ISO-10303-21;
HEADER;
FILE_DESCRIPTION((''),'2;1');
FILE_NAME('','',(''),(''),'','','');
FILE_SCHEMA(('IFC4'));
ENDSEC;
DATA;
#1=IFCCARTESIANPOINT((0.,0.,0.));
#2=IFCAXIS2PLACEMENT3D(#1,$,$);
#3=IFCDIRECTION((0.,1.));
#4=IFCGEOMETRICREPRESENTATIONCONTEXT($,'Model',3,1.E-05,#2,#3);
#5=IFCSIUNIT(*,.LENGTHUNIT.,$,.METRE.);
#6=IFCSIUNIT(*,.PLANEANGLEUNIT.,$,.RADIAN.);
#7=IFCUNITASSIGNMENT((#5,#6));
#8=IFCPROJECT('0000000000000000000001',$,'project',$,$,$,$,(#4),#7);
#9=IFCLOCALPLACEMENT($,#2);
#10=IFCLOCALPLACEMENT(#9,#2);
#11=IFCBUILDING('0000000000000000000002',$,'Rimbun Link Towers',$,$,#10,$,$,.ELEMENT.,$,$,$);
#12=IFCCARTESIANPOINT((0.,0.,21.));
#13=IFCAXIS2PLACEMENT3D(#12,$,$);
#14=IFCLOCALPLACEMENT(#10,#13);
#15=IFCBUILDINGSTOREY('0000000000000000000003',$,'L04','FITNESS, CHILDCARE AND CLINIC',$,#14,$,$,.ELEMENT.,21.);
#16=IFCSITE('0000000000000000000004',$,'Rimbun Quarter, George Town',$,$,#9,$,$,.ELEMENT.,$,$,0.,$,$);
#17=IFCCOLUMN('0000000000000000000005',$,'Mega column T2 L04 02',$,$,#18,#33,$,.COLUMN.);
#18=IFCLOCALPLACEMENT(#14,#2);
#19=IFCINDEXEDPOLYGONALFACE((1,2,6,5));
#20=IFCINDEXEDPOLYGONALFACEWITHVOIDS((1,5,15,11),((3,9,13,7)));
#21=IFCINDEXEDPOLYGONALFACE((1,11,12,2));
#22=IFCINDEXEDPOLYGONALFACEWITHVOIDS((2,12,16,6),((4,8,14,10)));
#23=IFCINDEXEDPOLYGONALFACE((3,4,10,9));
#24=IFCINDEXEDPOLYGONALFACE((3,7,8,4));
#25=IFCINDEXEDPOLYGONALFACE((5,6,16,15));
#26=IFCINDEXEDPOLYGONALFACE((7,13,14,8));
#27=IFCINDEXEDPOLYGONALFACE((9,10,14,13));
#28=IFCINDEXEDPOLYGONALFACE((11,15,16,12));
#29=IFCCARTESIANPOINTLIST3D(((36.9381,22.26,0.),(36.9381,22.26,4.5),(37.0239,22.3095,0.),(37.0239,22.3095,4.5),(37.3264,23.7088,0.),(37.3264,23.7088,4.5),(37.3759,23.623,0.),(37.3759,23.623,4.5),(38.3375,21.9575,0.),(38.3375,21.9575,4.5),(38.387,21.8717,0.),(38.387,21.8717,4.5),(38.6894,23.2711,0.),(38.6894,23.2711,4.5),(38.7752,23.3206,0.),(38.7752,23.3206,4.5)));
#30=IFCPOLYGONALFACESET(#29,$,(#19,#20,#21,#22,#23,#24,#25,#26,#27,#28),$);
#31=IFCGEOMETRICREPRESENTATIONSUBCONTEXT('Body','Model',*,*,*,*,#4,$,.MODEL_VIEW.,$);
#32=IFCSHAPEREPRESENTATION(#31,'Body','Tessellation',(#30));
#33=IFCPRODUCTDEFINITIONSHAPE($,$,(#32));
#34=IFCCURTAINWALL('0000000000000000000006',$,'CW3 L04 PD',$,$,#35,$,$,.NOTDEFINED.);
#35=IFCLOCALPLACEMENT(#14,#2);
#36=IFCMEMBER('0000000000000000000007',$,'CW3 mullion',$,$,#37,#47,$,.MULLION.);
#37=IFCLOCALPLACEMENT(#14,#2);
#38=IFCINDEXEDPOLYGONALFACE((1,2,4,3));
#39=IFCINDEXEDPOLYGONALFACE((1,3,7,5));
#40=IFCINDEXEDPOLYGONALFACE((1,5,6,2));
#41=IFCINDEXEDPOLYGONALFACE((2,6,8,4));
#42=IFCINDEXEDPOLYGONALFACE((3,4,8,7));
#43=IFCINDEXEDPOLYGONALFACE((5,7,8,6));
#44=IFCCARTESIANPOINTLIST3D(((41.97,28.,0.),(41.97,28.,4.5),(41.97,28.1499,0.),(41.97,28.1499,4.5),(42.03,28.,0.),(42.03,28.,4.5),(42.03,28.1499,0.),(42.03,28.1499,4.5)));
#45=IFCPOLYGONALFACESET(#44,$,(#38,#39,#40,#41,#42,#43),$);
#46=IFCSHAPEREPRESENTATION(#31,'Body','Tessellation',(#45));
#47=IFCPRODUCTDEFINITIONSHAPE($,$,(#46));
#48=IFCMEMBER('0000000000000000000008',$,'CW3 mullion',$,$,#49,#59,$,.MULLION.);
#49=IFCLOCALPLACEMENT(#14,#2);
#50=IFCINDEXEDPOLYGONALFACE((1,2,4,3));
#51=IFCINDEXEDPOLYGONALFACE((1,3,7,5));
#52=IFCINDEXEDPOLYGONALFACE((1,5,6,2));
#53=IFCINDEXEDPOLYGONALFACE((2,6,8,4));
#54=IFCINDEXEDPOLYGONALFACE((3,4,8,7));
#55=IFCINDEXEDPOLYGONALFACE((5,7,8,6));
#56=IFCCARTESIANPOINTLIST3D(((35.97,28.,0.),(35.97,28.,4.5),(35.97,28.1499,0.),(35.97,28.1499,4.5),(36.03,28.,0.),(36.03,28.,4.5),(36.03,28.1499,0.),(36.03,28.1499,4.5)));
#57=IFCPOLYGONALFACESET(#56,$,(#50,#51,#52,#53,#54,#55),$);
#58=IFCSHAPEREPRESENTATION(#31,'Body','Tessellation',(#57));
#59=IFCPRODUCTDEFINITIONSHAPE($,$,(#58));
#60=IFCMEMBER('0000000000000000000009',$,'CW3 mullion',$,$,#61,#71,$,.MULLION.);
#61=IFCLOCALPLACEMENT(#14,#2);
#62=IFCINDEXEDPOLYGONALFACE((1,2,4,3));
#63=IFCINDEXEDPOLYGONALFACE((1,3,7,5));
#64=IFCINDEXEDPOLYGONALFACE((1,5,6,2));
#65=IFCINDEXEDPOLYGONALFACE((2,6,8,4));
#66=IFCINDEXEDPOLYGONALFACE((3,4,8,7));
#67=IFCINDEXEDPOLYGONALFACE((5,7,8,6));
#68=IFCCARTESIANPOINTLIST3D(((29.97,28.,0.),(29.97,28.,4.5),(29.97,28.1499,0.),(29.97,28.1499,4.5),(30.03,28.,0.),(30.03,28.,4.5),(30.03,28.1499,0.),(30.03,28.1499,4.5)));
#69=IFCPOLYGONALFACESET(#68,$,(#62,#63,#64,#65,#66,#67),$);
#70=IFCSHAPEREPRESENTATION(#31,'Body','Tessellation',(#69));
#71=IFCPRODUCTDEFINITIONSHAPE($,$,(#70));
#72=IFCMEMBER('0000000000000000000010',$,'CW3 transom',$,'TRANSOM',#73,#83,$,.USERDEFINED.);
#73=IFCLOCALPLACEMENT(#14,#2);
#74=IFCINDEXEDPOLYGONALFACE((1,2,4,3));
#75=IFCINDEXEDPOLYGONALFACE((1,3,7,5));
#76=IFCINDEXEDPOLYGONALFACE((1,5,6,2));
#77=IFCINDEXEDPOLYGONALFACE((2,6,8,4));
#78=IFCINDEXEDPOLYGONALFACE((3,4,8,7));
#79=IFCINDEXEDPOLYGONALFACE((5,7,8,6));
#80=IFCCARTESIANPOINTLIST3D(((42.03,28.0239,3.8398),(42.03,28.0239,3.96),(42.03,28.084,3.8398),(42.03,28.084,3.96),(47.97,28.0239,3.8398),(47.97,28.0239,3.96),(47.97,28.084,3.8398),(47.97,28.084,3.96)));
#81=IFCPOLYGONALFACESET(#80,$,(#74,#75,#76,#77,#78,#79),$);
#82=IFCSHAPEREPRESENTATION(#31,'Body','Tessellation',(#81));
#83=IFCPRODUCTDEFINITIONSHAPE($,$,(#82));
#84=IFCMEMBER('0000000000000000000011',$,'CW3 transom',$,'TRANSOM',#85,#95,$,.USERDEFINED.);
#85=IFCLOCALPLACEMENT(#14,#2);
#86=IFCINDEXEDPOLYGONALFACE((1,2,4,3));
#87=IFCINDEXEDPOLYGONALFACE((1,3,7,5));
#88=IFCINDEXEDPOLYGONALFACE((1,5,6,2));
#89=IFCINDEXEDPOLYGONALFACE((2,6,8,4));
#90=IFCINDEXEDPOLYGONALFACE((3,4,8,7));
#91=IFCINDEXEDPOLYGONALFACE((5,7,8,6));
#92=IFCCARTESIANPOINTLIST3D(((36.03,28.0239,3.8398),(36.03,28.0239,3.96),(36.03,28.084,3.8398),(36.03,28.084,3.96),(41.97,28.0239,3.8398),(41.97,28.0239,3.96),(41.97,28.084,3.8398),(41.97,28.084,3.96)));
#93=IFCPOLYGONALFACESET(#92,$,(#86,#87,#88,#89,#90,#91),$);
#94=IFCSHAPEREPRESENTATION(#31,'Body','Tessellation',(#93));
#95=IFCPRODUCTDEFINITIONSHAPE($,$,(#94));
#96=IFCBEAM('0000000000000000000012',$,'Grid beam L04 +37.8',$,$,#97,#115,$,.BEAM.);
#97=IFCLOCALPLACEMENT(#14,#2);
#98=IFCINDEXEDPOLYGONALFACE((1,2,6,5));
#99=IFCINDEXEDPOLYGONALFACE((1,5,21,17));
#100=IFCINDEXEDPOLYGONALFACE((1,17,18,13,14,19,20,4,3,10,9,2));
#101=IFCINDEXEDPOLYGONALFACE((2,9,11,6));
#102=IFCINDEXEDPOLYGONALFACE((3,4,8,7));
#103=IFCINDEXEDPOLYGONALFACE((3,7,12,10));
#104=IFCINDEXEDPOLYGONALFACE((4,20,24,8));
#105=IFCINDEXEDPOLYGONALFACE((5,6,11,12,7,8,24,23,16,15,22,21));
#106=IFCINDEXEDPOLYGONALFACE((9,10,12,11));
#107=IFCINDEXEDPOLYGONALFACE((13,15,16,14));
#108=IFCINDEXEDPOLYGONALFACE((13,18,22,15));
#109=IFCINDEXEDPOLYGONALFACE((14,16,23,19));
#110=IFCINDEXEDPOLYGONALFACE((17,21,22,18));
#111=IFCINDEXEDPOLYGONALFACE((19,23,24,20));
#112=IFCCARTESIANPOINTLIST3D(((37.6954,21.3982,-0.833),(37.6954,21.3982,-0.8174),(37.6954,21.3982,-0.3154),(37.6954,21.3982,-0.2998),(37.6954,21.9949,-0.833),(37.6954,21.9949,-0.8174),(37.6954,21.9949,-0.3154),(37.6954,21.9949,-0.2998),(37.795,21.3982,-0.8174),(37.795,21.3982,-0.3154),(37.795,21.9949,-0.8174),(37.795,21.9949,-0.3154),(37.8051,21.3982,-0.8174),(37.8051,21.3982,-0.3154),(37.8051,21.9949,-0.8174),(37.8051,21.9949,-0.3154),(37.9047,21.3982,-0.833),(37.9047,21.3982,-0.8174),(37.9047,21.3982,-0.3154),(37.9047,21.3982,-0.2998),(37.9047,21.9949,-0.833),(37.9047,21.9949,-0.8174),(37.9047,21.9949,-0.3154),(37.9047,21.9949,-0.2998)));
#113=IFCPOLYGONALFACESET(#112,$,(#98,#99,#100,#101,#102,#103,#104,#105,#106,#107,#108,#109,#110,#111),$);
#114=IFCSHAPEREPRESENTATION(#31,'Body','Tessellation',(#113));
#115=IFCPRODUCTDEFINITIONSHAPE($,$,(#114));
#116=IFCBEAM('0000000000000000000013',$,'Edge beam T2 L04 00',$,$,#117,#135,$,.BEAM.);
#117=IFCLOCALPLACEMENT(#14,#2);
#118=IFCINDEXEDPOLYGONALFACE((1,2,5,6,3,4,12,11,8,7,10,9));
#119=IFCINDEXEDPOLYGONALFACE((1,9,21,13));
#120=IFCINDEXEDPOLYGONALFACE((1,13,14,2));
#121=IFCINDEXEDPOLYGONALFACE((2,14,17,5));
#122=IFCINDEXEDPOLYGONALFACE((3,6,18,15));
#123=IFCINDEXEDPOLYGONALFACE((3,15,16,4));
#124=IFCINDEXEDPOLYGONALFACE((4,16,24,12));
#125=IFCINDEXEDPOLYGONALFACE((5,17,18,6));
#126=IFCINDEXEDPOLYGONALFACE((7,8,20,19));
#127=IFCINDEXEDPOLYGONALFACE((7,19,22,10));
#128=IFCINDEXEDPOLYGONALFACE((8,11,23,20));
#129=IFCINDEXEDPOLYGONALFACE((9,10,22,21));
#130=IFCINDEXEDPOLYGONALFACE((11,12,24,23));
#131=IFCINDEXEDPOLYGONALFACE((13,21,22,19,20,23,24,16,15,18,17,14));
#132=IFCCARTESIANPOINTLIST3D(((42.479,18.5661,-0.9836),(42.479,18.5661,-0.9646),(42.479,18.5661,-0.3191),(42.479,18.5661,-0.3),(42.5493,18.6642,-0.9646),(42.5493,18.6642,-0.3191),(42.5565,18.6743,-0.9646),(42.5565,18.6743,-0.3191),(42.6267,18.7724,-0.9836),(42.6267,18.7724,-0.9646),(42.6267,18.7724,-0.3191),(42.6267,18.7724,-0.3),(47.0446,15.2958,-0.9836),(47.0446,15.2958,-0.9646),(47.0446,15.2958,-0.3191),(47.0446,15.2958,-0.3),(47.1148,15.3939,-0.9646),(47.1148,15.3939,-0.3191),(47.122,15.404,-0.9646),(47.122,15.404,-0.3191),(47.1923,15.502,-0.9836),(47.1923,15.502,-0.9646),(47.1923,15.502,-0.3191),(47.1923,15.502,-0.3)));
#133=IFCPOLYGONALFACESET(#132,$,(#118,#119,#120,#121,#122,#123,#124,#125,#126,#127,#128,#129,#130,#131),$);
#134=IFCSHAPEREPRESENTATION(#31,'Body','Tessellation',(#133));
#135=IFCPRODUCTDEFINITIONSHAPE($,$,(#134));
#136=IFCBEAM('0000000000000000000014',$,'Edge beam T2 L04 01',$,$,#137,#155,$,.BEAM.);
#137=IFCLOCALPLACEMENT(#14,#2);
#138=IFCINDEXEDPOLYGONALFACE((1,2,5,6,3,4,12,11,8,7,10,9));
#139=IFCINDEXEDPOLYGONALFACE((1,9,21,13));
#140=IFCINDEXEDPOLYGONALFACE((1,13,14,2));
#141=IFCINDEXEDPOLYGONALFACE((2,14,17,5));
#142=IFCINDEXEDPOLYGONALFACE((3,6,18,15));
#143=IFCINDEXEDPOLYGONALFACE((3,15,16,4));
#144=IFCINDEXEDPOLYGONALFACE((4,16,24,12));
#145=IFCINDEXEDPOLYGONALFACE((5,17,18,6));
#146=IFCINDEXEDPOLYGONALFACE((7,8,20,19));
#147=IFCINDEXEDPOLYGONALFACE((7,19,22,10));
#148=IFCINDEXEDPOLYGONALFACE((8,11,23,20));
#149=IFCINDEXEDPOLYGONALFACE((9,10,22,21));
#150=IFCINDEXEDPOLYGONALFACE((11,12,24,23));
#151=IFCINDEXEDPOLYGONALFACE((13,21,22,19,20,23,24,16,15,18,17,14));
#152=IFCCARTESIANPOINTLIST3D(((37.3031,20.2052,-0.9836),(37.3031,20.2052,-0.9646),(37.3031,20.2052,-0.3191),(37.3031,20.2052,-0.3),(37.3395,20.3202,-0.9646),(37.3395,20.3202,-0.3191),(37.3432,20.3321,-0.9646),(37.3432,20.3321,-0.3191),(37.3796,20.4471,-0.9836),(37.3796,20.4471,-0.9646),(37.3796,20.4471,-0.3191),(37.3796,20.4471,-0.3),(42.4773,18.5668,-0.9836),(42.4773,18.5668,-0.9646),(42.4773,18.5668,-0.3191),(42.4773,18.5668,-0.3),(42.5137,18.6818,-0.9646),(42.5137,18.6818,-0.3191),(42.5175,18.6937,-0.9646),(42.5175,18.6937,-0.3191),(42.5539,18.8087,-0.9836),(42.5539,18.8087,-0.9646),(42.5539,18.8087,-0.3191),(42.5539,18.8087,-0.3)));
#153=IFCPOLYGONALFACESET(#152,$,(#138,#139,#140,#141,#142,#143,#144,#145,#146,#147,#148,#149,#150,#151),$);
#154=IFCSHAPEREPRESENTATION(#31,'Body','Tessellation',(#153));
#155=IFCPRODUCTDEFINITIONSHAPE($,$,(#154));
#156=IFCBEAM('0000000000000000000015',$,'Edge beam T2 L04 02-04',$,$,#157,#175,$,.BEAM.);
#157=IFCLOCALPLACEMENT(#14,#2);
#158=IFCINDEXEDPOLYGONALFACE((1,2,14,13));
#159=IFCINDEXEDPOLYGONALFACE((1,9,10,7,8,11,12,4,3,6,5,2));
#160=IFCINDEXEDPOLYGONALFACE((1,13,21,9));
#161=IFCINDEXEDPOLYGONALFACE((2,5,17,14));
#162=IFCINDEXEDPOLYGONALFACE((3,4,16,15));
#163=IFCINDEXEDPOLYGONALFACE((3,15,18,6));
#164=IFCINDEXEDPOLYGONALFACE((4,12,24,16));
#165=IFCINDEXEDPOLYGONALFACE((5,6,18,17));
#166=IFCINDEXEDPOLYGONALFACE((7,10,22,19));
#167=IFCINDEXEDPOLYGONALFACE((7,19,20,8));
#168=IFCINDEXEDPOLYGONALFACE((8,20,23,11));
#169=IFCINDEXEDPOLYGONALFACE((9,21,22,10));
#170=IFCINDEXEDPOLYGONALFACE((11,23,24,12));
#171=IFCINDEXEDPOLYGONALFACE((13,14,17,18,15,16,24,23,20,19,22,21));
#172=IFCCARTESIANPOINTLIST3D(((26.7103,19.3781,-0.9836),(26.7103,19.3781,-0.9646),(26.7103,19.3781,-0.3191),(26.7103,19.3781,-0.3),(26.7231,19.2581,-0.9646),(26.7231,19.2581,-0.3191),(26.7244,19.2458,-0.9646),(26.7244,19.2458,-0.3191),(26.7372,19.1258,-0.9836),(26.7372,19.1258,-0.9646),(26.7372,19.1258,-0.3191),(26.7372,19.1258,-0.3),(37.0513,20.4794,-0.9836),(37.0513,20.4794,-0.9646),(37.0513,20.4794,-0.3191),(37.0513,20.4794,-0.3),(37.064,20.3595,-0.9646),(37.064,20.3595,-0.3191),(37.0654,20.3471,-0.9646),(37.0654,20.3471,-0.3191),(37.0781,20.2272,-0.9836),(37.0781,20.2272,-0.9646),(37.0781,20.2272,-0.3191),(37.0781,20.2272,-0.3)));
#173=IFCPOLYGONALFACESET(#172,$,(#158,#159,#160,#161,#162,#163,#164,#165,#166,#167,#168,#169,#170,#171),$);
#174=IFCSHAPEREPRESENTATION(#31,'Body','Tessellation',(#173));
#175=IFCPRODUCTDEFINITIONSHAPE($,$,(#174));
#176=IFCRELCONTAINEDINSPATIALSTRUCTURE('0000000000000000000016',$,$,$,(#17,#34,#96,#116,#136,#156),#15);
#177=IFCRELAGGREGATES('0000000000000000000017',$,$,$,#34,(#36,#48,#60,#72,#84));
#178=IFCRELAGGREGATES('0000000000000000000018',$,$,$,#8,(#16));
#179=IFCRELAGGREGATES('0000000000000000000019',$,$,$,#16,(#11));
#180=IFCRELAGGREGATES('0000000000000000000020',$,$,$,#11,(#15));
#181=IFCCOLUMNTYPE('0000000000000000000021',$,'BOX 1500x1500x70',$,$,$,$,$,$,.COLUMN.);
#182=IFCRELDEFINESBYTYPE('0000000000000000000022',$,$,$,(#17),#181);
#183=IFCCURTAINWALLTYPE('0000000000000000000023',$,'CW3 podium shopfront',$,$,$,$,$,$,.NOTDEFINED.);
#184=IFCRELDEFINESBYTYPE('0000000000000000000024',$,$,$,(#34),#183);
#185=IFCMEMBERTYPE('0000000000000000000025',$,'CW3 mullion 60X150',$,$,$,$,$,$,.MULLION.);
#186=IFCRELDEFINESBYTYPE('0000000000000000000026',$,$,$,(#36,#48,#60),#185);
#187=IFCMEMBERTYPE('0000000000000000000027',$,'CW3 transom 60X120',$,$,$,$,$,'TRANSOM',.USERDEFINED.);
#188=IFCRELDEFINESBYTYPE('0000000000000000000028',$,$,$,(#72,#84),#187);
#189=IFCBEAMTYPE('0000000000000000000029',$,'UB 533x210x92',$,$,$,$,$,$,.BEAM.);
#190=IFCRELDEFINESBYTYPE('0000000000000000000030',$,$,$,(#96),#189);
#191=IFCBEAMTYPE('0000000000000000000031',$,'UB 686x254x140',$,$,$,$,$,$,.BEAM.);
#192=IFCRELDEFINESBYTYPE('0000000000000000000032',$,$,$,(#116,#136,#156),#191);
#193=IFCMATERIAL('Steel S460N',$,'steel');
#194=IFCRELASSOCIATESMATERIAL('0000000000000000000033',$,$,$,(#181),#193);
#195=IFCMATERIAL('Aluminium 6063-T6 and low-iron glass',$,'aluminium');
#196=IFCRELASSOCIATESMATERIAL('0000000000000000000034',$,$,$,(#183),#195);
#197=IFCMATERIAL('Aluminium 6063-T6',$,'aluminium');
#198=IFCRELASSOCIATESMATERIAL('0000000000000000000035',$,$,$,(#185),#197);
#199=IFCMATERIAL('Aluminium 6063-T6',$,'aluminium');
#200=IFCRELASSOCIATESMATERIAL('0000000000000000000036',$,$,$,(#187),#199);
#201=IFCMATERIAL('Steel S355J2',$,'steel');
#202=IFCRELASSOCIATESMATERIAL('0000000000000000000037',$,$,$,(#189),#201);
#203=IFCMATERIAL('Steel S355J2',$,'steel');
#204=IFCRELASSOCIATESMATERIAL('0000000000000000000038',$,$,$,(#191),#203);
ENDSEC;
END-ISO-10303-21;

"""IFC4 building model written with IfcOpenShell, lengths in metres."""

from ifc_helpers import new_model, si_unit, direction, frame, origin, origin_2d, place, context, subcontext, project, spatial, rectangle, hollow_rectangle, i_section, extrude, material, material_profile, profile_set, type_object, element, aggregate, save


model = new_model("IFC4")

# Units and contexts
model_context = context("Model", 3, precision=1e-05, world=origin(), true_north=direction((0.0, 1.0)))
body_context = subcontext(model_context, "Body", "Model", "MODEL_VIEW")
ifc_project = project(units=[si_unit("LENGTHUNIT", "METRE"), si_unit("PLANEANGLEUNIT", "RADIAN")], contexts=[model_context])

# Site, building, storey
site_placement = place(None, origin())
site = spatial("IfcSite", under=ifc_project, at=site_placement, Name="Rimbun Quarter, George Town", CompositionType="ELEMENT", RefElevation=0.0)
building_placement = place(site_placement, origin())
building = spatial("IfcBuilding", under=site, at=building_placement, Name="Rimbun Link Towers", CompositionType="ELEMENT")
storey_placement = place(building_placement, frame((0.0, 0.0, 21.0)))
storey = spatial("IfcBuildingStorey", under=building, at=storey_placement, Name="L04", Description="FITNESS, CHILDCARE AND CLINIC", CompositionType="ELEMENT", Elevation=21.0)

# Column
ifc_material_1 = material(Name="Steel S460N", Category="steel")
ifc_material_profile_1 = material_profile(ifc_material_1, hollow_rectangle(XDim=1.5, YDim=1.5, WallThickness=0.0701, at=origin_2d()), Name="BOX 1500x1500x70")
ifc_profile_set_1 = profile_set([ifc_material_profile_1], Name="Steel S460N")
column_type = type_object("IfcColumnType", Name="BOX 1500x1500x70", PredefinedType="COLUMN", material=ifc_profile_set_1)
column_placement = place(storey_placement, frame((37.8567, 22.7903, 0.0), z_axis=(0.0, 0.0, 1.0), x_axis=(0.258819, 0.965926, 0.0)))
element("IfcColumn", 1, at=column_placement, inside=storey, type_object=column_type, Name="Mega column T2 L04 02", PredefinedType="COLUMN", context=body_context, shape_type="SweptSolid", body=[
    extrude(hollow_rectangle(XDim=1.5, YDim=1.5, WallThickness=0.0701, at=origin_2d()), origin(), (0.0, 0.0, 1.0), 4.5),
])

# Curtain wall, members
ifc_material_2 = material(Name="Aluminium 6063-T6 and low-iron glass", Category="aluminium")
curtain_wall_type = type_object("IfcCurtainWallType", Name="CW3 podium shopfront", PredefinedType="NOTDEFINED", material=ifc_material_2)
curtain_wall_placement = place(storey_placement, origin())
curtain_wall = element("IfcCurtainWall", 2, at=curtain_wall_placement, inside=storey, type_object=curtain_wall_type, Name="CW3 L04 PD", PredefinedType="NOTDEFINED")
ifc_material_3 = material(Name="Aluminium 6063-T6", Category="aluminium")
ifc_material_profile_2 = material_profile(ifc_material_3, rectangle(XDim=0.1499, YDim=0.0601, at=origin_2d()), Name="MULLION 60X150")
ifc_profile_set_2 = profile_set([ifc_material_profile_2], Name="Aluminium 6063-T6")
member_type_1 = type_object("IfcMemberType", Name="CW3 mullion 60X150", PredefinedType="MULLION", material=ifc_profile_set_2)
member_1_placement = place(storey_placement, frame((42.0, 28.075, 0.0), z_axis=(0.0, 0.0, 1.0), x_axis=(0.0, 1.0, 0.0)))
member_1 = element("IfcMember", 3, at=member_1_placement, type_object=member_type_1, Name="CW3 mullion", PredefinedType="MULLION", context=body_context, shape_type="SweptSolid", body=[
    extrude(rectangle(XDim=0.1499, YDim=0.0601, at=origin_2d()), origin(), (0.0, 0.0, 1.0), 4.5),
])
member_2_placement = place(storey_placement, frame((36.0, 28.075, 0.0), z_axis=(0.0, 0.0, 1.0), x_axis=(0.0, 1.0, 0.0)))
member_2 = element("IfcMember", 4, at=member_2_placement, type_object=member_type_1, Name="CW3 mullion", PredefinedType="MULLION", context=body_context, shape_type="SweptSolid", body=[
    extrude(rectangle(XDim=0.1499, YDim=0.0601, at=origin_2d()), origin(), (0.0, 0.0, 1.0), 4.5),
])
member_3_placement = place(storey_placement, frame((30.0, 28.075, 0.0), z_axis=(0.0, 0.0, 1.0), x_axis=(0.0, 1.0, 0.0)))
member_3 = element("IfcMember", 5, at=member_3_placement, type_object=member_type_1, Name="CW3 mullion", PredefinedType="MULLION", context=body_context, shape_type="SweptSolid", body=[
    extrude(rectangle(XDim=0.1499, YDim=0.0601, at=origin_2d()), origin(), (0.0, 0.0, 1.0), 4.5),
])
ifc_material_4 = material(Name="Aluminium 6063-T6", Category="aluminium")
ifc_material_profile_3 = material_profile(ifc_material_4, rectangle(XDim=0.0601, YDim=0.1201, at=origin_2d()), Name="TRANSOM 60X120")
ifc_profile_set_3 = profile_set([ifc_material_profile_3], Name="Aluminium 6063-T6")
member_type_2 = type_object("IfcMemberType", Name="CW3 transom 60X120", ElementType="TRANSOM", PredefinedType="USERDEFINED", material=ifc_profile_set_3)
member_4_placement = place(storey_placement, frame((42.03, 28.054, 3.8999), z_axis=(1.0, 0.0, 0.0), x_axis=(0.0, 1.0, 0.0)))
member_4 = element("IfcMember", 6, at=member_4_placement, type_object=member_type_2, Name="CW3 transom", ObjectType="TRANSOM", PredefinedType="USERDEFINED", context=body_context, shape_type="SweptSolid", body=[
    extrude(rectangle(XDim=0.0601, YDim=0.1201, at=origin_2d()), origin(), (0.0, 0.0, 1.0), 5.9399),
])
member_5_placement = place(storey_placement, frame((36.03, 28.054, 3.8999), z_axis=(1.0, 0.0, 0.0), x_axis=(0.0, 1.0, 0.0)))
member_5 = element("IfcMember", 7, at=member_5_placement, type_object=member_type_2, Name="CW3 transom", ObjectType="TRANSOM", PredefinedType="USERDEFINED", context=body_context, shape_type="SweptSolid", body=[
    extrude(rectangle(XDim=0.0601, YDim=0.1201, at=origin_2d()), origin(), (0.0, 0.0, 1.0), 5.9399),
])

# Beams
ifc_material_5 = material(Name="Steel S355J2", Category="steel")
ifc_material_profile_4 = material_profile(ifc_material_5, i_section(OverallWidth=0.2092, OverallDepth=0.5332, WebThickness=0.01, FlangeThickness=0.0156, at=origin_2d()), Name="UB 533x210x92")
ifc_profile_set_4 = profile_set([ifc_material_profile_4], Name="Steel S355J2")
beam_type_1 = type_object("IfcBeamType", Name="UB 533x210x92", PredefinedType="BEAM", material=ifc_profile_set_4)
beam_1_placement = place(storey_placement, frame((37.8, 21.3982, -0.5664), z_axis=(0.0, 1.0, 0.0), x_axis=(-1.0, 0.0, 0.0)))
element("IfcBeam", 8, at=beam_1_placement, inside=storey, type_object=beam_type_1, Name="Grid beam L04 +37.8", PredefinedType="BEAM", context=body_context, shape_type="SweptSolid", body=[
    extrude(i_section(OverallWidth=0.2092, OverallDepth=0.5332, WebThickness=0.01, FlangeThickness=0.0156, at=origin_2d()), origin(), (0.0, 0.0, 1.0), 0.5967),
])
ifc_material_6 = material(Name="Steel S355J2", Category="steel")
ifc_material_profile_5 = material_profile(ifc_material_6, i_section(OverallWidth=0.2537, OverallDepth=0.6836, WebThickness=0.0125, FlangeThickness=0.019, at=origin_2d()), Name="UB 686x254x140")
ifc_profile_set_5 = profile_set([ifc_material_profile_5], Name="Steel S355J2")
beam_type_2 = type_object("IfcBeamType", Name="UB 686x254x140", PredefinedType="BEAM", material=ifc_profile_set_5)
beam_2_placement = place(storey_placement, frame((47.1184, 15.3989, -0.6418), z_axis=(-0.812954, 0.582327, 0.0), x_axis=(-0.582327, -0.812954, 0.0)))
element("IfcBeam", 9, at=beam_2_placement, inside=storey, type_object=beam_type_2, Name="Edge beam T2 L04 00", PredefinedType="BEAM", context=body_context, shape_type="SweptSolid", body=[
    extrude(i_section(OverallWidth=0.2537, OverallDepth=0.6836, WebThickness=0.0125, FlangeThickness=0.019, at=origin_2d()), origin(), (0.0, 0.0, 1.0), 5.616),
])
beam_3_placement = place(storey_placement, frame((42.5156, 18.6877, -0.6418), z_axis=(-0.953348, 0.301874, 0.0), x_axis=(-0.301874, -0.953348, 0.0)))
element("IfcBeam", 10, at=beam_3_placement, inside=storey, type_object=beam_type_2, Name="Edge beam T2 L04 01", PredefinedType="BEAM", context=body_context, shape_type="SweptSolid", body=[
    extrude(i_section(OverallWidth=0.2537, OverallDepth=0.6836, WebThickness=0.0125, FlangeThickness=0.019, at=origin_2d()), origin(), (0.0, 0.0, 1.0), 5.4275),
])
beam_4_placement = place(storey_placement, frame((37.0647, 20.3533, -0.6418), z_axis=(-0.994376, -0.105903, 0.0), x_axis=(0.105903, -0.994376, 0.0)))
element("IfcBeam", 11, at=beam_4_placement, inside=storey, type_object=beam_type_2, Name="Edge beam T2 L04 02-04", PredefinedType="BEAM", context=body_context, shape_type="SweptSolid", body=[
    extrude(i_section(OverallWidth=0.2537, OverallDepth=0.6836, WebThickness=0.0125, FlangeThickness=0.019, at=origin_2d()), origin(), (0.0, 0.0, 1.0), 10.3994),
])

aggregate(curtain_wall, [member_1, member_2, member_3, member_4, member_5])

save(model, "model.ifc")
